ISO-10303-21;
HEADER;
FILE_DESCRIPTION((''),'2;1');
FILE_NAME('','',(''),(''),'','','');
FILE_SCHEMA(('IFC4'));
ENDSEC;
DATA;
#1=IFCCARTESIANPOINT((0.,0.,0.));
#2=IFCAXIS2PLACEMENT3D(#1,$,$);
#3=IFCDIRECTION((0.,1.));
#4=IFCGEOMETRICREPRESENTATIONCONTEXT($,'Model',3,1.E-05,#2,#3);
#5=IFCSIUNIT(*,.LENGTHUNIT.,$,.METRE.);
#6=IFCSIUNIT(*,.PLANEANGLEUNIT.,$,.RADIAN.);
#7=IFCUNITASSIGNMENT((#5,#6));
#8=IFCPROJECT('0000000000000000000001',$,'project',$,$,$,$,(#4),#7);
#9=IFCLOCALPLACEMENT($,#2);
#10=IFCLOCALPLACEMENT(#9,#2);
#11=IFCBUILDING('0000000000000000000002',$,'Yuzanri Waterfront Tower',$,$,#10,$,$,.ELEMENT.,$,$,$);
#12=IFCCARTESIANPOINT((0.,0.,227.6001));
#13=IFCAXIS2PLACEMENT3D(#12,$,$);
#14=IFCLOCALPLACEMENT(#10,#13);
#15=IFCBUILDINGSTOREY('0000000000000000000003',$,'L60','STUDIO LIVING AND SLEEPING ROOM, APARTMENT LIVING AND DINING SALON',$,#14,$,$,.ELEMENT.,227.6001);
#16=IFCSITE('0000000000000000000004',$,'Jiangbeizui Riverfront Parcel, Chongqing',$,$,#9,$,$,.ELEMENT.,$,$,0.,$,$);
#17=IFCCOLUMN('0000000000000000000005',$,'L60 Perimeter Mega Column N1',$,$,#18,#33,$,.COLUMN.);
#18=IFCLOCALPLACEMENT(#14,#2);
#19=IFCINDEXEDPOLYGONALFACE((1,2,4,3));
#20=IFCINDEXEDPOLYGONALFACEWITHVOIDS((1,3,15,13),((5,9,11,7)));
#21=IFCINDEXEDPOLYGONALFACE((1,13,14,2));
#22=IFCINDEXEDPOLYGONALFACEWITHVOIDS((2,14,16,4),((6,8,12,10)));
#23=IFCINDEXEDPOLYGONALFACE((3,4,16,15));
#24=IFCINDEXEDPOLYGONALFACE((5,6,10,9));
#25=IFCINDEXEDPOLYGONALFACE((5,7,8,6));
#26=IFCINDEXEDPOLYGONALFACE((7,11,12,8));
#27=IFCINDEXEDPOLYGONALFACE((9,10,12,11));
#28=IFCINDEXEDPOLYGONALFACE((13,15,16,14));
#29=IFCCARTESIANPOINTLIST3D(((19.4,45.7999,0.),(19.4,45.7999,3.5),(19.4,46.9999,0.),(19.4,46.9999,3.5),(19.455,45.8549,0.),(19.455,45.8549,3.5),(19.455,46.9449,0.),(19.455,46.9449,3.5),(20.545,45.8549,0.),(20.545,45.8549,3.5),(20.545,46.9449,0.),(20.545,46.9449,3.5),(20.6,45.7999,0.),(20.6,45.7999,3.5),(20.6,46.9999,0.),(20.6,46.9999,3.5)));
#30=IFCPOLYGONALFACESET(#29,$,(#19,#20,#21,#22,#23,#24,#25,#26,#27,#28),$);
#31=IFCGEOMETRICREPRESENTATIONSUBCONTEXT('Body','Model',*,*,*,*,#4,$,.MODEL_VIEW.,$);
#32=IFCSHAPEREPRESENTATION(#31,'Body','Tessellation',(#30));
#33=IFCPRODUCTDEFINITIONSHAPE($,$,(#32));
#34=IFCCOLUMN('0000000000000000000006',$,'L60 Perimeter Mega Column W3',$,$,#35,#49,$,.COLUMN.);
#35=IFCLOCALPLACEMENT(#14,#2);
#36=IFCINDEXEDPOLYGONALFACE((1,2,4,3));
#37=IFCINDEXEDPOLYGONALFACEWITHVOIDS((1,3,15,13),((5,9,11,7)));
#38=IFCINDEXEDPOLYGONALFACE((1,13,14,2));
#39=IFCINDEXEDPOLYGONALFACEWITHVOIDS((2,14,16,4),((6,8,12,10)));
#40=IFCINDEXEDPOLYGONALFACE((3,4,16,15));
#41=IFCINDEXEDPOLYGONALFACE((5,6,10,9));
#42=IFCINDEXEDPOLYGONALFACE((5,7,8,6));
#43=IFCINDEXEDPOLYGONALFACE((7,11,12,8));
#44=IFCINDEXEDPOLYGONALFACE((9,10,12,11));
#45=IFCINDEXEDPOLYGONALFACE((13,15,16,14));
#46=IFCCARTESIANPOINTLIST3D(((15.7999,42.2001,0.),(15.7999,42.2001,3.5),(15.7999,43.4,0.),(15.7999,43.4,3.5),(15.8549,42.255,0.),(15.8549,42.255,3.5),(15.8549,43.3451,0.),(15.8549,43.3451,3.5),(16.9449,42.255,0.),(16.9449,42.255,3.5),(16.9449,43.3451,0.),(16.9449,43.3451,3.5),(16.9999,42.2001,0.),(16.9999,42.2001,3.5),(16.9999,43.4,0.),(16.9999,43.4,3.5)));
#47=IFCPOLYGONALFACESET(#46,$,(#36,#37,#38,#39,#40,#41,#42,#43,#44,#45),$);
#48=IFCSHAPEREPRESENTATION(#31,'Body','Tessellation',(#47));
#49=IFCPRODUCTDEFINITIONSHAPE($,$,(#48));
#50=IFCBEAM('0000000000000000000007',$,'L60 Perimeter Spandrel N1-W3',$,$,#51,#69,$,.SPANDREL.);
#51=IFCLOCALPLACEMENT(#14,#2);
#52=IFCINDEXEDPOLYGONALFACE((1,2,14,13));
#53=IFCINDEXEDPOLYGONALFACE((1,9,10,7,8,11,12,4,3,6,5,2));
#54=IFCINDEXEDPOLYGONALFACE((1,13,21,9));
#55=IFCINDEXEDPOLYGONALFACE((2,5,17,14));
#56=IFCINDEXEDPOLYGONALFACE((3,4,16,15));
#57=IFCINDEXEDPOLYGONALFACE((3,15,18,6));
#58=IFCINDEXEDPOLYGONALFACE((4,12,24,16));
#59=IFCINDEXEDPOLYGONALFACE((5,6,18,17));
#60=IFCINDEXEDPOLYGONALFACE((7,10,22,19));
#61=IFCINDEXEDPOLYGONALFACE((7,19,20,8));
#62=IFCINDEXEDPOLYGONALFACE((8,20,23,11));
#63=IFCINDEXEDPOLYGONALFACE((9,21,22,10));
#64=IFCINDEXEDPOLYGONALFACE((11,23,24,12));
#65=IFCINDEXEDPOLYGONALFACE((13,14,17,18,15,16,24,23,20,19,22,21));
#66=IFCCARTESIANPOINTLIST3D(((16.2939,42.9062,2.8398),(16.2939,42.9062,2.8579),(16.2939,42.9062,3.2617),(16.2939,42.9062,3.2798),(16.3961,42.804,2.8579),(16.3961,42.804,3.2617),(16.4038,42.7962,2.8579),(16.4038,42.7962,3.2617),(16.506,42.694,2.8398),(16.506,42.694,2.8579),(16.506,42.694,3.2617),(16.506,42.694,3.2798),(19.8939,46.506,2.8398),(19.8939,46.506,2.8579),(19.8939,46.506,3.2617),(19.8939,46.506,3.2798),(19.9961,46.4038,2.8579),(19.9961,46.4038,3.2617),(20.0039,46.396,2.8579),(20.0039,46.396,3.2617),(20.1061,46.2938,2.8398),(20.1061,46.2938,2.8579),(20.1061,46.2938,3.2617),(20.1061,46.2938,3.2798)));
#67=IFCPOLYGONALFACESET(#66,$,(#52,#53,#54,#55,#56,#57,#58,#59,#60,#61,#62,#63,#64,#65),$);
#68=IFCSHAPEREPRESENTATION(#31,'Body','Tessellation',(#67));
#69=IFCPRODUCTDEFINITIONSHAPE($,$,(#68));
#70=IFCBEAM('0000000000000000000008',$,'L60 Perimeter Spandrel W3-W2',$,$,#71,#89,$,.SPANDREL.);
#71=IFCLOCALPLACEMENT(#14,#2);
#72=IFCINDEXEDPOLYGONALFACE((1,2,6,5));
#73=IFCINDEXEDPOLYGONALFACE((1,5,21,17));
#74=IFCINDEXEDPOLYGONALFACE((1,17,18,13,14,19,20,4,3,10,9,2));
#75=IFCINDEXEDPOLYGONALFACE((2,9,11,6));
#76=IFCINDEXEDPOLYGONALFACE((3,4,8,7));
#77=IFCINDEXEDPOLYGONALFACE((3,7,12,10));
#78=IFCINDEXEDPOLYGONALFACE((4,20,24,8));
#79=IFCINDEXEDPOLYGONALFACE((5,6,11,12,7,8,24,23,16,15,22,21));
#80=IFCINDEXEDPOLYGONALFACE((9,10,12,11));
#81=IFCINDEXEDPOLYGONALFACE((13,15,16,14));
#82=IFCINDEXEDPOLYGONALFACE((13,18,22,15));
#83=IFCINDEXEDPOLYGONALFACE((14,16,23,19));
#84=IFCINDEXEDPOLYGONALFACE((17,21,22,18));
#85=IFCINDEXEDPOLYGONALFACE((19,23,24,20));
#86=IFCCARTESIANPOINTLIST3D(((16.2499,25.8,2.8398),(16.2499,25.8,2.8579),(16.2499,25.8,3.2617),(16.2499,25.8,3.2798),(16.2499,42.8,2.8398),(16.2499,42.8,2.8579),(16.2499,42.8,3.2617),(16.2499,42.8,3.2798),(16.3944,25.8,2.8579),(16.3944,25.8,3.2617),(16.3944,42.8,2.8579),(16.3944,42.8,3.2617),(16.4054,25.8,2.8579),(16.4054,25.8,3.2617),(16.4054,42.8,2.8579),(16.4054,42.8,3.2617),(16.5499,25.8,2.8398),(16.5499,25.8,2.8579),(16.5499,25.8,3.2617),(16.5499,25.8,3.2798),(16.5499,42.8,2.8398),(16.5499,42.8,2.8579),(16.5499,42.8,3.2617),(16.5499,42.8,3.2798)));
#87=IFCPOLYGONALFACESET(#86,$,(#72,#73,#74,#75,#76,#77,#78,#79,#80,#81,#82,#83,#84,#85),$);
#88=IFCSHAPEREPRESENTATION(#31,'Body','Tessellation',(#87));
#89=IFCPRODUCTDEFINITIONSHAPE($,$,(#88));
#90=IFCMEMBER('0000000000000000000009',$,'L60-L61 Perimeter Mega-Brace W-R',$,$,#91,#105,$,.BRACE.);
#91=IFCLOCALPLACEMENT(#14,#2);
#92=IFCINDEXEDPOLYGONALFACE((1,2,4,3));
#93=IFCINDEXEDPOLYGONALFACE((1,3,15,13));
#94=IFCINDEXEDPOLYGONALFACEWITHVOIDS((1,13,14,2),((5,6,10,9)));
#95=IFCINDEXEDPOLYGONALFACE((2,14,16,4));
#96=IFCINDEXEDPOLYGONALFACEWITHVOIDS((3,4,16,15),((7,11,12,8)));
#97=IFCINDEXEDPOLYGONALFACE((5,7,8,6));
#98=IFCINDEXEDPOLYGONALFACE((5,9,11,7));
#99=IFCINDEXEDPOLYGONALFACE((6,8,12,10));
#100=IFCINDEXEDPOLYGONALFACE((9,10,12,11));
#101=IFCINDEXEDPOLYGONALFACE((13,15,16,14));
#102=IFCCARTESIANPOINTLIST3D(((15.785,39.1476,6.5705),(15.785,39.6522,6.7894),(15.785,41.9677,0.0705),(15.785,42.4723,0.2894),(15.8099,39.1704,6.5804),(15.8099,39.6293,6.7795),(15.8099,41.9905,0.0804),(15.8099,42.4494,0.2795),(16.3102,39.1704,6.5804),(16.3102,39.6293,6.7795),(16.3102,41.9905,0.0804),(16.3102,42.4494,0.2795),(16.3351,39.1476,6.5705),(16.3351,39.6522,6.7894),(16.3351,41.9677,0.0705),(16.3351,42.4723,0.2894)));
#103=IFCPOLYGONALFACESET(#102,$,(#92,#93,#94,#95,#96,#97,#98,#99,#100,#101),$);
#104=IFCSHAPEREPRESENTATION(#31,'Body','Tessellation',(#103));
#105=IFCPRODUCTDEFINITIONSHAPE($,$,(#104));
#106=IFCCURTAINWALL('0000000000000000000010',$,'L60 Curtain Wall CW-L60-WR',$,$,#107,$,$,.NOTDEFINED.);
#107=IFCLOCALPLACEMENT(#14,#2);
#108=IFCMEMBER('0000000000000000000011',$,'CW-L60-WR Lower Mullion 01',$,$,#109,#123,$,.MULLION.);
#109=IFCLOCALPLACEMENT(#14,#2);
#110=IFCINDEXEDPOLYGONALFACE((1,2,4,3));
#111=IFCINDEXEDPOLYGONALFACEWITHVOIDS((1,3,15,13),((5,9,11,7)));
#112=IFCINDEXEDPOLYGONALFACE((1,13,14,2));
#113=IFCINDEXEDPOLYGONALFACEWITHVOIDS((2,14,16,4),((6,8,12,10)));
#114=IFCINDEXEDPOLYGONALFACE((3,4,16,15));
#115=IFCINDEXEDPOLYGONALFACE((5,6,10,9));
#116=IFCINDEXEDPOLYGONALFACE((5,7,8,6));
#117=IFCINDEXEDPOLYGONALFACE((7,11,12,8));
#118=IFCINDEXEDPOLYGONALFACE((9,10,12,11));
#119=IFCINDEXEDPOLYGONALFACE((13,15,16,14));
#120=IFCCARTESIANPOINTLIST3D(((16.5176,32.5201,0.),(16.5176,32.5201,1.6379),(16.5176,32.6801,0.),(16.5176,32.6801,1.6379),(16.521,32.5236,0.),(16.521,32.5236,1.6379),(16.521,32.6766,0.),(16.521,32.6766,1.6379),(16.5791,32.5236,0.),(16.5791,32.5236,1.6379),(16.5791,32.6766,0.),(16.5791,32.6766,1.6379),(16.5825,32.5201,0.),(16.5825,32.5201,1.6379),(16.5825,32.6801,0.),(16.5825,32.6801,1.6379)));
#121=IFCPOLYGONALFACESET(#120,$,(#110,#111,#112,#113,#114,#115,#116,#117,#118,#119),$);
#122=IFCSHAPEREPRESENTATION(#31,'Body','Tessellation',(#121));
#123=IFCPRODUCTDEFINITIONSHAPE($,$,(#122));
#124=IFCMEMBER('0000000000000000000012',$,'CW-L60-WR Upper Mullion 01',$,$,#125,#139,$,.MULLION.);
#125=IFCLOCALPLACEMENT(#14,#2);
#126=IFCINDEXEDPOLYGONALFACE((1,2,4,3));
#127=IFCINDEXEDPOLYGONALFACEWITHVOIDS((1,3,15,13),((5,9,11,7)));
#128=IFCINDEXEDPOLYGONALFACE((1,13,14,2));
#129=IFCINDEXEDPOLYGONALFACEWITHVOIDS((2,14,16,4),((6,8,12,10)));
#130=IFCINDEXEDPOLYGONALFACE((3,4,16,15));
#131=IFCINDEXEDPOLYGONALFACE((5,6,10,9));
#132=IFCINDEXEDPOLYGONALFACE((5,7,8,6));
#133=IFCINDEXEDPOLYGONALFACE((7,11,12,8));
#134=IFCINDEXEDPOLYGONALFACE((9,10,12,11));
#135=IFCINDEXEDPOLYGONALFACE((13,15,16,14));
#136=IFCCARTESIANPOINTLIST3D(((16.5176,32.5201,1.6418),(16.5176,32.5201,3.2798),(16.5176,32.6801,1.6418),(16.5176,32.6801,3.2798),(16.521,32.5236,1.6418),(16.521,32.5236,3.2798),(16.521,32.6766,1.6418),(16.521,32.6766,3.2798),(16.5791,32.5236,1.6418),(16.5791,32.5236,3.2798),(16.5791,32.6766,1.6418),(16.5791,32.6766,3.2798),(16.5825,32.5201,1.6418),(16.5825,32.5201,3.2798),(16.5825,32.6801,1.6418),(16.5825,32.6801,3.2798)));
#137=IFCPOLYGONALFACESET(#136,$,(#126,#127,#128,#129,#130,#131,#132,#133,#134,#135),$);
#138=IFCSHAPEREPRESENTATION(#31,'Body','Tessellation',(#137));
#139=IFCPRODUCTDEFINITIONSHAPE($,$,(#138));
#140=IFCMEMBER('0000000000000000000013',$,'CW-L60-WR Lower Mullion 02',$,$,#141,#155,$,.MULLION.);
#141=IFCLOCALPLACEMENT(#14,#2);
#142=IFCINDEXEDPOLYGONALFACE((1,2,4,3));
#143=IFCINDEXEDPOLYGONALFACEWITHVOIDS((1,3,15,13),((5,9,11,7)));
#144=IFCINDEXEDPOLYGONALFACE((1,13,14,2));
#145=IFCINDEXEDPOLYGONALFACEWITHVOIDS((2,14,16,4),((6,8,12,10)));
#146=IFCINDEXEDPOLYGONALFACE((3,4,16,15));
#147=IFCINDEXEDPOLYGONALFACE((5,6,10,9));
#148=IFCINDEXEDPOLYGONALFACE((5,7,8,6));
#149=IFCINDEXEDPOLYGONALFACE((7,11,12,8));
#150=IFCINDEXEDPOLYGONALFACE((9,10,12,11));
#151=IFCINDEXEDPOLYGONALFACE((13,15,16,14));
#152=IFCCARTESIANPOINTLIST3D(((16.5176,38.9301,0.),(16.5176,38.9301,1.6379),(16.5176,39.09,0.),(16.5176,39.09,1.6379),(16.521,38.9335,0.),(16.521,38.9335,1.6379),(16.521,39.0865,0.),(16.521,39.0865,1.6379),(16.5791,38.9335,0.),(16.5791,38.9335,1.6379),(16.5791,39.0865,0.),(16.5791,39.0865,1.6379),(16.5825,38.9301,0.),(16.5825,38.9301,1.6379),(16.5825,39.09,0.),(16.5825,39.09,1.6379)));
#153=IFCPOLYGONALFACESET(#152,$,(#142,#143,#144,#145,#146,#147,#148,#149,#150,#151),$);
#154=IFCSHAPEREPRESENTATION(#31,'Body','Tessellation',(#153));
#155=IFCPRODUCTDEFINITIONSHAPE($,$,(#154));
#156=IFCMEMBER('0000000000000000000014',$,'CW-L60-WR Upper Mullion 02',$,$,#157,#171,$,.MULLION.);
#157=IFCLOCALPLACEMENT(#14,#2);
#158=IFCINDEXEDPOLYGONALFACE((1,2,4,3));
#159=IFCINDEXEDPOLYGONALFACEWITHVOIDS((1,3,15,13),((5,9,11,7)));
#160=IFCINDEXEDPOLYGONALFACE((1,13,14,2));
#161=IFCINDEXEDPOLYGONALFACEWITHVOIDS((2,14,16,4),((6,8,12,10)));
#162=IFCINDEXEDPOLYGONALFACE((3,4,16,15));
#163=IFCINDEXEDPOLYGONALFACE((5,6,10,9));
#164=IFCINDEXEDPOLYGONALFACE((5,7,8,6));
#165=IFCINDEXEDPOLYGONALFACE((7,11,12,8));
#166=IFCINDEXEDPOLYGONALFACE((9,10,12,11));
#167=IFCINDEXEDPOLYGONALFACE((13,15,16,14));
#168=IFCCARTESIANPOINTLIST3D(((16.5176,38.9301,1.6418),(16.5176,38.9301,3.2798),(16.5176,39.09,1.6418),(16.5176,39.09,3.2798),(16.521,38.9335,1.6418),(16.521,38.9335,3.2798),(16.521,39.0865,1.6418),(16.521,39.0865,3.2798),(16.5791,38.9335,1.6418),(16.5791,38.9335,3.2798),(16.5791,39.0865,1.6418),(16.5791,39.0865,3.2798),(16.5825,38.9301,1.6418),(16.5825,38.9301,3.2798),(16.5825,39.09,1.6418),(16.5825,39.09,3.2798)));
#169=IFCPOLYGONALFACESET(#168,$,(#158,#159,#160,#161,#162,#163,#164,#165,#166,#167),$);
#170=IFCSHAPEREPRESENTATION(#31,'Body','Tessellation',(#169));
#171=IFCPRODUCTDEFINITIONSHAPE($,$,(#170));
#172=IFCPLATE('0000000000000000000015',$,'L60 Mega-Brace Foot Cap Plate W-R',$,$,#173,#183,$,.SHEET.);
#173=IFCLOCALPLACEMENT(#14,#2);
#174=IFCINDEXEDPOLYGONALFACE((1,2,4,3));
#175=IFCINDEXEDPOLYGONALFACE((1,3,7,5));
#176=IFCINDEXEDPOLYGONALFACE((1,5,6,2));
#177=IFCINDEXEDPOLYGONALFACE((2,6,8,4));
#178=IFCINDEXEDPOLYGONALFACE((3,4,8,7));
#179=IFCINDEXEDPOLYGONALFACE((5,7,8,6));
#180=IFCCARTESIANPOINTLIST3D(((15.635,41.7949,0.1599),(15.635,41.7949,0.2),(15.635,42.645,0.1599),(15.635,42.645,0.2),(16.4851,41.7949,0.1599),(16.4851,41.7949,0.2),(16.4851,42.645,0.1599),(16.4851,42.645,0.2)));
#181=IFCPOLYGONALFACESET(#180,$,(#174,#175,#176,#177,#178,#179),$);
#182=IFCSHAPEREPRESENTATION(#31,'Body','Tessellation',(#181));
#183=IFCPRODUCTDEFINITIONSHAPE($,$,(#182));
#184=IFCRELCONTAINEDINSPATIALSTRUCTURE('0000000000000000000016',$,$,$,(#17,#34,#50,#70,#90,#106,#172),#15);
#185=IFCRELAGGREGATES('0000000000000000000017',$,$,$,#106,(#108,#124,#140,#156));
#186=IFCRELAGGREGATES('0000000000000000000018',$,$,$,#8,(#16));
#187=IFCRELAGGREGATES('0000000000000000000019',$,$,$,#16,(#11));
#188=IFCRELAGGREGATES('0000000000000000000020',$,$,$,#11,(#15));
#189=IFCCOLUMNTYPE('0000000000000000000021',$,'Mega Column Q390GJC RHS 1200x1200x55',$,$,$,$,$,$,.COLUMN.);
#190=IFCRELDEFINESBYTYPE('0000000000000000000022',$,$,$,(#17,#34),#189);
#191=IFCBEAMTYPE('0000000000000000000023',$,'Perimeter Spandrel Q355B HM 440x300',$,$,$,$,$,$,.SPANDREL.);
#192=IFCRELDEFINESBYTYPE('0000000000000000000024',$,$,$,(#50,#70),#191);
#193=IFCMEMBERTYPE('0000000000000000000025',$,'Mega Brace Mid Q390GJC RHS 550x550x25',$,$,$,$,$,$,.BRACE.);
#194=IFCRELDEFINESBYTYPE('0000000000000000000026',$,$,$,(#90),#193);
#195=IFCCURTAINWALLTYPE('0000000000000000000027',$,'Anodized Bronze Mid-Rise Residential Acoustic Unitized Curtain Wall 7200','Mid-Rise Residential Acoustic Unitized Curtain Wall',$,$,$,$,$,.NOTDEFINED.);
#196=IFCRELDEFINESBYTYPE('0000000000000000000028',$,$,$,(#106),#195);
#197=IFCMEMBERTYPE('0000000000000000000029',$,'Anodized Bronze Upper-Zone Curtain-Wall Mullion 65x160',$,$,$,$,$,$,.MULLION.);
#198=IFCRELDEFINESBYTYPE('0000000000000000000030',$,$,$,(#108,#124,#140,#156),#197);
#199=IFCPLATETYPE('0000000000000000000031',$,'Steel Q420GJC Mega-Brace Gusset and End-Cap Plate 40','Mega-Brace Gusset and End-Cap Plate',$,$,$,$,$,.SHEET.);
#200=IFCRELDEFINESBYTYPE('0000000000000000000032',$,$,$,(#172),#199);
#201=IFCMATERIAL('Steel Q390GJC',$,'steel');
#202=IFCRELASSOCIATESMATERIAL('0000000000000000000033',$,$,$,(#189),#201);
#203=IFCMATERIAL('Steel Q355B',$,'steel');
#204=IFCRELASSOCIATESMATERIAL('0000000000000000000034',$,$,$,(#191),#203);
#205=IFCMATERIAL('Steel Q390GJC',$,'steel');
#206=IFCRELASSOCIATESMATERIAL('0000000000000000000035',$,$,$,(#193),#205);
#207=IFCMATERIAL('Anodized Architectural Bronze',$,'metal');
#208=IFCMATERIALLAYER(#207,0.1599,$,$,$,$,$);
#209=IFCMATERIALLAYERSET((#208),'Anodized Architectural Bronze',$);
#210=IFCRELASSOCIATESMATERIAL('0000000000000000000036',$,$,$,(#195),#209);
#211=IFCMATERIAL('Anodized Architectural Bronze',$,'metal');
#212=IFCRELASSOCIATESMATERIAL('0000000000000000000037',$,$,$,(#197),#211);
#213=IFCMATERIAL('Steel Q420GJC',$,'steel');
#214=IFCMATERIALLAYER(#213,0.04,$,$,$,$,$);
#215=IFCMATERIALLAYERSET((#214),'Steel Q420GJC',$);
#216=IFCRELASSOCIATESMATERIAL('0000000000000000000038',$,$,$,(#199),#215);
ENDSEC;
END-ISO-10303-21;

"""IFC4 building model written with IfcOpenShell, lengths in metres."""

from ifc_helpers import new_model, si_unit, direction, frame, origin, origin_2d, place, context, subcontext, project, spatial, rectangle, hollow_rectangle, i_section, extrude, source, transform, mapped, material, layer, layer_set, material_profile, profile_set, type_object, element, aggregate, save


model = new_model("IFC4")

# Units and contexts
model_context = context("Model", 3, precision=1e-05, world=origin(), true_north=direction((0.0, 1.0)))
body_context = subcontext(model_context, "Body", "Model", "MODEL_VIEW")
ifc_project = project(units=[si_unit("LENGTHUNIT", "METRE"), si_unit("PLANEANGLEUNIT", "RADIAN")], contexts=[model_context])

# Site, building, storey
site_placement = place(None, origin())
site = spatial("IfcSite", under=ifc_project, at=site_placement, Name="Jiangbeizui Riverfront Parcel, Chongqing", CompositionType="ELEMENT", RefElevation=0.0)
building_placement = place(site_placement, origin())
building = spatial("IfcBuilding", under=site, at=building_placement, Name="Yuzanri Waterfront Tower", CompositionType="ELEMENT")
storey_placement = place(building_placement, frame((0.0, 0.0, 227.6001)))
storey = spatial("IfcBuildingStorey", under=building, at=storey_placement, Name="L60", Description="STUDIO LIVING AND SLEEPING ROOM, APARTMENT LIVING AND DINING SALON", CompositionType="ELEMENT", Elevation=227.6001)

# Columns
ifc_material_1 = material(Name="Steel Q390GJC", Category="steel")
ifc_material_profile_1 = material_profile(ifc_material_1, hollow_rectangle(XDim=1.2, YDim=1.2, WallThickness=0.0549, at=origin_2d()), Name="RHS 1200x1200x55")
ifc_profile_set_1 = profile_set([ifc_material_profile_1], Name="Steel Q390GJC")
column_type = type_object("IfcColumnType", Name="Mega Column Q390GJC RHS 1200x1200x55", PredefinedType="COLUMN", material=ifc_profile_set_1)
shared_shape_1 = source(origin(), body_context, "Body", "SweptSolid", [
    extrude(hollow_rectangle(XDim=1.2, YDim=1.2, WallThickness=0.0549, at=origin_2d()), origin(), (0.0, 0.0, 1.0), 3.5),
])
for number, where, z_axis, x_axis, name in (
    (1, (20.0, 46.3999, 0.0), (0.0, 0.0, 1.0), (1.0, 0.0, 0.0), "L60 Perimeter Mega Column N1"),
    (2, (16.3999, 42.8, 0.0), (0.0, 0.0, 1.0), (1.0, 0.0, 0.0), "L60 Perimeter Mega Column W3"),
):
    element("IfcColumn", number, at=place(storey_placement, frame(where, z_axis=z_axis, x_axis=x_axis)), inside=storey, type_object=column_type, Name=name, PredefinedType="COLUMN", context=body_context, shape_type="MappedRepresentation", body=[
        mapped(shared_shape_1, transform((0.0, 0.0, 0.0), scale=1.0)),
    ])

# Beams
ifc_material_2 = material(Name="Steel Q355B", Category="steel")
ifc_material_profile_2 = material_profile(ifc_material_2, i_section(OverallWidth=0.3, OverallDepth=0.4399, WebThickness=0.011, FlangeThickness=0.0181, at=origin_2d()), Name="HM 440x300x11x18")
ifc_profile_set_2 = profile_set([ifc_material_profile_2], Name="Steel Q355B")
beam_type = type_object("IfcBeamType", Name="Perimeter Spandrel Q355B HM 440x300", PredefinedType="SPANDREL", material=ifc_profile_set_2)
shared_shape_2 = source(origin(), body_context, "Body", "SweptSolid", [
    extrude(i_section(OverallWidth=0.3, OverallDepth=0.4399, WebThickness=0.011, FlangeThickness=0.0181, at=origin_2d()), origin(), (0.0, 0.0, 1.0), 5.0911),
])
beam_1_placement = place(storey_placement, frame((20.0, 46.3999, 3.0598), z_axis=(-0.707131, -0.707083, 0.0), x_axis=(0.707083, -0.707131, 0.0)))
element("IfcBeam", 3, at=beam_1_placement, inside=storey, type_object=beam_type, Name="L60 Perimeter Spandrel N1-W3", PredefinedType="SPANDREL", context=body_context, shape_type="MappedRepresentation", body=[
    mapped(shared_shape_2, transform((0.0, 0.0, 0.0), scale=1.0)),
])
shared_shape_3 = source(origin(), body_context, "Body", "SweptSolid", [
    extrude(i_section(OverallWidth=0.3, OverallDepth=0.4399, WebThickness=0.011, FlangeThickness=0.0181, at=origin_2d()), origin(), (0.0, 0.0, 1.0), 17.0),
])
beam_2_placement = place(storey_placement, frame((16.3999, 42.8, 3.0598), z_axis=(0.0, -1.0, 0.0), x_axis=(1.0, 0.0, 0.0)))
element("IfcBeam", 4, at=beam_2_placement, inside=storey, type_object=beam_type, Name="L60 Perimeter Spandrel W3-W2", PredefinedType="SPANDREL", context=body_context, shape_type="MappedRepresentation", body=[
    mapped(shared_shape_3, transform((0.0, 0.0, 0.0), scale=1.0)),
])

# Member
ifc_material_3 = material(Name="Steel Q390GJC", Category="steel")
ifc_material_profile_3 = material_profile(ifc_material_3, hollow_rectangle(XDim=0.55, YDim=0.55, WallThickness=0.0249, at=origin_2d()), Name="RHS 550x550x25")
ifc_profile_set_3 = profile_set([ifc_material_profile_3], Name="Steel Q390GJC")
member_type_1 = type_object("IfcMemberType", Name="Mega Brace Mid Q390GJC RHS 550x550x25", PredefinedType="BRACE", material=ifc_profile_set_3)
shared_shape_4 = source(origin(), body_context, "Body", "SweptSolid", [
    extrude(hollow_rectangle(XDim=0.55, YDim=0.55, WallThickness=0.0249, at=origin_2d()), origin(), (0.0, 0.0, 1.0), 7.0854),
])
member_1_placement = place(storey_placement, frame((16.0601, 42.22, 0.1799), z_axis=(0.0, -0.398012, 0.91738), x_axis=(1.0, 0.0, 0.0)))
element("IfcMember", 5, at=member_1_placement, inside=storey, type_object=member_type_1, Name="L60-L61 Perimeter Mega-Brace W-R", PredefinedType="BRACE", context=body_context, shape_type="MappedRepresentation", body=[
    mapped(shared_shape_4, transform((0.0, 0.0, 0.0), scale=1.0)),
])

# Curtain wall, members
ifc_material_4 = material(Name="Anodized Architectural Bronze", Category="metal")
ifc_layer_1 = layer(ifc_material_4, 0.1599)
ifc_layer_set_1 = layer_set([ifc_layer_1], Name="Anodized Architectural Bronze")
curtain_wall_type = type_object("IfcCurtainWallType", Name="Anodized Bronze Mid-Rise Residential Acoustic Unitized Curtain Wall 7200", Description="Mid-Rise Residential Acoustic Unitized Curtain Wall", PredefinedType="NOTDEFINED", material=ifc_layer_set_1)
curtain_wall_placement = place(storey_placement, origin())
curtain_wall = element("IfcCurtainWall", 6, at=curtain_wall_placement, inside=storey, type_object=curtain_wall_type, Name="L60 Curtain Wall CW-L60-WR", PredefinedType="NOTDEFINED")
ifc_material_5 = material(Name="Anodized Architectural Bronze", Category="metal")
ifc_material_profile_4 = material_profile(ifc_material_5, hollow_rectangle(XDim=0.0649, YDim=0.1599, WallThickness=0.0034, at=origin_2d()), Name="CWM 65x160")
ifc_profile_set_4 = profile_set([ifc_material_profile_4], Name="Anodized Architectural Bronze")
member_type_2 = type_object("IfcMemberType", Name="Anodized Bronze Upper-Zone Curtain-Wall Mullion 65x160", PredefinedType="MULLION", material=ifc_profile_set_4)
shared_shape_5 = source(origin(), body_context, "Body", "SweptSolid", [
    extrude(hollow_rectangle(XDim=0.0649, YDim=0.1599, WallThickness=0.0034, at=origin_2d()), origin(), (0.0, 0.0, 1.0), 1.6379),
])
member_2_placement = place(storey_placement, frame((16.55, 32.6001, 0.0), z_axis=(0.0, 0.0, 1.0), x_axis=(1.0, 0.0, 0.0)))
member_2 = element("IfcMember", 7, at=member_2_placement, type_object=member_type_2, Name="CW-L60-WR Lower Mullion 01", PredefinedType="MULLION", context=body_context, shape_type="MappedRepresentation", body=[
    mapped(shared_shape_5, transform((0.0, 0.0, 0.0), scale=1.0)),
])
member_3_placement = place(storey_placement, frame((16.55, 32.6001, 1.6418), z_axis=(0.0, 0.0, 1.0), x_axis=(1.0, 0.0, 0.0)))
member_3 = element("IfcMember", 8, at=member_3_placement, type_object=member_type_2, Name="CW-L60-WR Upper Mullion 01", PredefinedType="MULLION", context=body_context, shape_type="MappedRepresentation", body=[
    mapped(shared_shape_5, transform((0.0, 0.0, 0.0), scale=1.0)),
])
member_4_placement = place(storey_placement, frame((16.55, 39.01, 0.0), z_axis=(0.0, 0.0, 1.0), x_axis=(1.0, 0.0, 0.0)))
member_4 = element("IfcMember", 9, at=member_4_placement, type_object=member_type_2, Name="CW-L60-WR Lower Mullion 02", PredefinedType="MULLION", context=body_context, shape_type="MappedRepresentation", body=[
    mapped(shared_shape_5, transform((0.0, 0.0, 0.0), scale=1.0)),
])
member_5_placement = place(storey_placement, frame((16.55, 39.01, 1.6418), z_axis=(0.0, 0.0, 1.0), x_axis=(1.0, 0.0, 0.0)))
member_5 = element("IfcMember", 10, at=member_5_placement, type_object=member_type_2, Name="CW-L60-WR Upper Mullion 02", PredefinedType="MULLION", context=body_context, shape_type="MappedRepresentation", body=[
    mapped(shared_shape_5, transform((0.0, 0.0, 0.0), scale=1.0)),
])

# Plate
ifc_material_6 = material(Name="Steel Q420GJC", Category="steel")
ifc_layer_2 = layer(ifc_material_6, 0.04)
ifc_layer_set_2 = layer_set([ifc_layer_2], Name="Steel Q420GJC")
plate_type_1 = type_object("IfcPlateType", Name="Steel Q420GJC Mega-Brace Gusset and End-Cap Plate 40", Description="Mega-Brace Gusset and End-Cap Plate", PredefinedType="SHEET", material=ifc_layer_set_2)
shared_shape_6 = source(origin(), body_context, "Body", "SweptSolid", [
    extrude(rectangle(XDim=0.8501, YDim=0.8501, at=origin_2d()), origin(), (0.0, 0.0, 1.0), 0.04),
])
plate_1_placement = place(storey_placement, frame((16.0601, 42.22, 0.1599), z_axis=(0.0, 0.0, 1.0), x_axis=(1.0, 0.0, 0.0)))
element("IfcPlate", 11, at=plate_1_placement, inside=storey, type_object=plate_type_1, Name="L60 Mega-Brace Foot Cap Plate W-R", PredefinedType="SHEET", context=body_context, shape_type="MappedRepresentation", body=[
    mapped(shared_shape_6, transform((0.0, 0.0, 0.0), scale=1.0)),
])
aggregate(curtain_wall, [member_2, member_3, member_4, member_5])

save(model, "model.ifc")
